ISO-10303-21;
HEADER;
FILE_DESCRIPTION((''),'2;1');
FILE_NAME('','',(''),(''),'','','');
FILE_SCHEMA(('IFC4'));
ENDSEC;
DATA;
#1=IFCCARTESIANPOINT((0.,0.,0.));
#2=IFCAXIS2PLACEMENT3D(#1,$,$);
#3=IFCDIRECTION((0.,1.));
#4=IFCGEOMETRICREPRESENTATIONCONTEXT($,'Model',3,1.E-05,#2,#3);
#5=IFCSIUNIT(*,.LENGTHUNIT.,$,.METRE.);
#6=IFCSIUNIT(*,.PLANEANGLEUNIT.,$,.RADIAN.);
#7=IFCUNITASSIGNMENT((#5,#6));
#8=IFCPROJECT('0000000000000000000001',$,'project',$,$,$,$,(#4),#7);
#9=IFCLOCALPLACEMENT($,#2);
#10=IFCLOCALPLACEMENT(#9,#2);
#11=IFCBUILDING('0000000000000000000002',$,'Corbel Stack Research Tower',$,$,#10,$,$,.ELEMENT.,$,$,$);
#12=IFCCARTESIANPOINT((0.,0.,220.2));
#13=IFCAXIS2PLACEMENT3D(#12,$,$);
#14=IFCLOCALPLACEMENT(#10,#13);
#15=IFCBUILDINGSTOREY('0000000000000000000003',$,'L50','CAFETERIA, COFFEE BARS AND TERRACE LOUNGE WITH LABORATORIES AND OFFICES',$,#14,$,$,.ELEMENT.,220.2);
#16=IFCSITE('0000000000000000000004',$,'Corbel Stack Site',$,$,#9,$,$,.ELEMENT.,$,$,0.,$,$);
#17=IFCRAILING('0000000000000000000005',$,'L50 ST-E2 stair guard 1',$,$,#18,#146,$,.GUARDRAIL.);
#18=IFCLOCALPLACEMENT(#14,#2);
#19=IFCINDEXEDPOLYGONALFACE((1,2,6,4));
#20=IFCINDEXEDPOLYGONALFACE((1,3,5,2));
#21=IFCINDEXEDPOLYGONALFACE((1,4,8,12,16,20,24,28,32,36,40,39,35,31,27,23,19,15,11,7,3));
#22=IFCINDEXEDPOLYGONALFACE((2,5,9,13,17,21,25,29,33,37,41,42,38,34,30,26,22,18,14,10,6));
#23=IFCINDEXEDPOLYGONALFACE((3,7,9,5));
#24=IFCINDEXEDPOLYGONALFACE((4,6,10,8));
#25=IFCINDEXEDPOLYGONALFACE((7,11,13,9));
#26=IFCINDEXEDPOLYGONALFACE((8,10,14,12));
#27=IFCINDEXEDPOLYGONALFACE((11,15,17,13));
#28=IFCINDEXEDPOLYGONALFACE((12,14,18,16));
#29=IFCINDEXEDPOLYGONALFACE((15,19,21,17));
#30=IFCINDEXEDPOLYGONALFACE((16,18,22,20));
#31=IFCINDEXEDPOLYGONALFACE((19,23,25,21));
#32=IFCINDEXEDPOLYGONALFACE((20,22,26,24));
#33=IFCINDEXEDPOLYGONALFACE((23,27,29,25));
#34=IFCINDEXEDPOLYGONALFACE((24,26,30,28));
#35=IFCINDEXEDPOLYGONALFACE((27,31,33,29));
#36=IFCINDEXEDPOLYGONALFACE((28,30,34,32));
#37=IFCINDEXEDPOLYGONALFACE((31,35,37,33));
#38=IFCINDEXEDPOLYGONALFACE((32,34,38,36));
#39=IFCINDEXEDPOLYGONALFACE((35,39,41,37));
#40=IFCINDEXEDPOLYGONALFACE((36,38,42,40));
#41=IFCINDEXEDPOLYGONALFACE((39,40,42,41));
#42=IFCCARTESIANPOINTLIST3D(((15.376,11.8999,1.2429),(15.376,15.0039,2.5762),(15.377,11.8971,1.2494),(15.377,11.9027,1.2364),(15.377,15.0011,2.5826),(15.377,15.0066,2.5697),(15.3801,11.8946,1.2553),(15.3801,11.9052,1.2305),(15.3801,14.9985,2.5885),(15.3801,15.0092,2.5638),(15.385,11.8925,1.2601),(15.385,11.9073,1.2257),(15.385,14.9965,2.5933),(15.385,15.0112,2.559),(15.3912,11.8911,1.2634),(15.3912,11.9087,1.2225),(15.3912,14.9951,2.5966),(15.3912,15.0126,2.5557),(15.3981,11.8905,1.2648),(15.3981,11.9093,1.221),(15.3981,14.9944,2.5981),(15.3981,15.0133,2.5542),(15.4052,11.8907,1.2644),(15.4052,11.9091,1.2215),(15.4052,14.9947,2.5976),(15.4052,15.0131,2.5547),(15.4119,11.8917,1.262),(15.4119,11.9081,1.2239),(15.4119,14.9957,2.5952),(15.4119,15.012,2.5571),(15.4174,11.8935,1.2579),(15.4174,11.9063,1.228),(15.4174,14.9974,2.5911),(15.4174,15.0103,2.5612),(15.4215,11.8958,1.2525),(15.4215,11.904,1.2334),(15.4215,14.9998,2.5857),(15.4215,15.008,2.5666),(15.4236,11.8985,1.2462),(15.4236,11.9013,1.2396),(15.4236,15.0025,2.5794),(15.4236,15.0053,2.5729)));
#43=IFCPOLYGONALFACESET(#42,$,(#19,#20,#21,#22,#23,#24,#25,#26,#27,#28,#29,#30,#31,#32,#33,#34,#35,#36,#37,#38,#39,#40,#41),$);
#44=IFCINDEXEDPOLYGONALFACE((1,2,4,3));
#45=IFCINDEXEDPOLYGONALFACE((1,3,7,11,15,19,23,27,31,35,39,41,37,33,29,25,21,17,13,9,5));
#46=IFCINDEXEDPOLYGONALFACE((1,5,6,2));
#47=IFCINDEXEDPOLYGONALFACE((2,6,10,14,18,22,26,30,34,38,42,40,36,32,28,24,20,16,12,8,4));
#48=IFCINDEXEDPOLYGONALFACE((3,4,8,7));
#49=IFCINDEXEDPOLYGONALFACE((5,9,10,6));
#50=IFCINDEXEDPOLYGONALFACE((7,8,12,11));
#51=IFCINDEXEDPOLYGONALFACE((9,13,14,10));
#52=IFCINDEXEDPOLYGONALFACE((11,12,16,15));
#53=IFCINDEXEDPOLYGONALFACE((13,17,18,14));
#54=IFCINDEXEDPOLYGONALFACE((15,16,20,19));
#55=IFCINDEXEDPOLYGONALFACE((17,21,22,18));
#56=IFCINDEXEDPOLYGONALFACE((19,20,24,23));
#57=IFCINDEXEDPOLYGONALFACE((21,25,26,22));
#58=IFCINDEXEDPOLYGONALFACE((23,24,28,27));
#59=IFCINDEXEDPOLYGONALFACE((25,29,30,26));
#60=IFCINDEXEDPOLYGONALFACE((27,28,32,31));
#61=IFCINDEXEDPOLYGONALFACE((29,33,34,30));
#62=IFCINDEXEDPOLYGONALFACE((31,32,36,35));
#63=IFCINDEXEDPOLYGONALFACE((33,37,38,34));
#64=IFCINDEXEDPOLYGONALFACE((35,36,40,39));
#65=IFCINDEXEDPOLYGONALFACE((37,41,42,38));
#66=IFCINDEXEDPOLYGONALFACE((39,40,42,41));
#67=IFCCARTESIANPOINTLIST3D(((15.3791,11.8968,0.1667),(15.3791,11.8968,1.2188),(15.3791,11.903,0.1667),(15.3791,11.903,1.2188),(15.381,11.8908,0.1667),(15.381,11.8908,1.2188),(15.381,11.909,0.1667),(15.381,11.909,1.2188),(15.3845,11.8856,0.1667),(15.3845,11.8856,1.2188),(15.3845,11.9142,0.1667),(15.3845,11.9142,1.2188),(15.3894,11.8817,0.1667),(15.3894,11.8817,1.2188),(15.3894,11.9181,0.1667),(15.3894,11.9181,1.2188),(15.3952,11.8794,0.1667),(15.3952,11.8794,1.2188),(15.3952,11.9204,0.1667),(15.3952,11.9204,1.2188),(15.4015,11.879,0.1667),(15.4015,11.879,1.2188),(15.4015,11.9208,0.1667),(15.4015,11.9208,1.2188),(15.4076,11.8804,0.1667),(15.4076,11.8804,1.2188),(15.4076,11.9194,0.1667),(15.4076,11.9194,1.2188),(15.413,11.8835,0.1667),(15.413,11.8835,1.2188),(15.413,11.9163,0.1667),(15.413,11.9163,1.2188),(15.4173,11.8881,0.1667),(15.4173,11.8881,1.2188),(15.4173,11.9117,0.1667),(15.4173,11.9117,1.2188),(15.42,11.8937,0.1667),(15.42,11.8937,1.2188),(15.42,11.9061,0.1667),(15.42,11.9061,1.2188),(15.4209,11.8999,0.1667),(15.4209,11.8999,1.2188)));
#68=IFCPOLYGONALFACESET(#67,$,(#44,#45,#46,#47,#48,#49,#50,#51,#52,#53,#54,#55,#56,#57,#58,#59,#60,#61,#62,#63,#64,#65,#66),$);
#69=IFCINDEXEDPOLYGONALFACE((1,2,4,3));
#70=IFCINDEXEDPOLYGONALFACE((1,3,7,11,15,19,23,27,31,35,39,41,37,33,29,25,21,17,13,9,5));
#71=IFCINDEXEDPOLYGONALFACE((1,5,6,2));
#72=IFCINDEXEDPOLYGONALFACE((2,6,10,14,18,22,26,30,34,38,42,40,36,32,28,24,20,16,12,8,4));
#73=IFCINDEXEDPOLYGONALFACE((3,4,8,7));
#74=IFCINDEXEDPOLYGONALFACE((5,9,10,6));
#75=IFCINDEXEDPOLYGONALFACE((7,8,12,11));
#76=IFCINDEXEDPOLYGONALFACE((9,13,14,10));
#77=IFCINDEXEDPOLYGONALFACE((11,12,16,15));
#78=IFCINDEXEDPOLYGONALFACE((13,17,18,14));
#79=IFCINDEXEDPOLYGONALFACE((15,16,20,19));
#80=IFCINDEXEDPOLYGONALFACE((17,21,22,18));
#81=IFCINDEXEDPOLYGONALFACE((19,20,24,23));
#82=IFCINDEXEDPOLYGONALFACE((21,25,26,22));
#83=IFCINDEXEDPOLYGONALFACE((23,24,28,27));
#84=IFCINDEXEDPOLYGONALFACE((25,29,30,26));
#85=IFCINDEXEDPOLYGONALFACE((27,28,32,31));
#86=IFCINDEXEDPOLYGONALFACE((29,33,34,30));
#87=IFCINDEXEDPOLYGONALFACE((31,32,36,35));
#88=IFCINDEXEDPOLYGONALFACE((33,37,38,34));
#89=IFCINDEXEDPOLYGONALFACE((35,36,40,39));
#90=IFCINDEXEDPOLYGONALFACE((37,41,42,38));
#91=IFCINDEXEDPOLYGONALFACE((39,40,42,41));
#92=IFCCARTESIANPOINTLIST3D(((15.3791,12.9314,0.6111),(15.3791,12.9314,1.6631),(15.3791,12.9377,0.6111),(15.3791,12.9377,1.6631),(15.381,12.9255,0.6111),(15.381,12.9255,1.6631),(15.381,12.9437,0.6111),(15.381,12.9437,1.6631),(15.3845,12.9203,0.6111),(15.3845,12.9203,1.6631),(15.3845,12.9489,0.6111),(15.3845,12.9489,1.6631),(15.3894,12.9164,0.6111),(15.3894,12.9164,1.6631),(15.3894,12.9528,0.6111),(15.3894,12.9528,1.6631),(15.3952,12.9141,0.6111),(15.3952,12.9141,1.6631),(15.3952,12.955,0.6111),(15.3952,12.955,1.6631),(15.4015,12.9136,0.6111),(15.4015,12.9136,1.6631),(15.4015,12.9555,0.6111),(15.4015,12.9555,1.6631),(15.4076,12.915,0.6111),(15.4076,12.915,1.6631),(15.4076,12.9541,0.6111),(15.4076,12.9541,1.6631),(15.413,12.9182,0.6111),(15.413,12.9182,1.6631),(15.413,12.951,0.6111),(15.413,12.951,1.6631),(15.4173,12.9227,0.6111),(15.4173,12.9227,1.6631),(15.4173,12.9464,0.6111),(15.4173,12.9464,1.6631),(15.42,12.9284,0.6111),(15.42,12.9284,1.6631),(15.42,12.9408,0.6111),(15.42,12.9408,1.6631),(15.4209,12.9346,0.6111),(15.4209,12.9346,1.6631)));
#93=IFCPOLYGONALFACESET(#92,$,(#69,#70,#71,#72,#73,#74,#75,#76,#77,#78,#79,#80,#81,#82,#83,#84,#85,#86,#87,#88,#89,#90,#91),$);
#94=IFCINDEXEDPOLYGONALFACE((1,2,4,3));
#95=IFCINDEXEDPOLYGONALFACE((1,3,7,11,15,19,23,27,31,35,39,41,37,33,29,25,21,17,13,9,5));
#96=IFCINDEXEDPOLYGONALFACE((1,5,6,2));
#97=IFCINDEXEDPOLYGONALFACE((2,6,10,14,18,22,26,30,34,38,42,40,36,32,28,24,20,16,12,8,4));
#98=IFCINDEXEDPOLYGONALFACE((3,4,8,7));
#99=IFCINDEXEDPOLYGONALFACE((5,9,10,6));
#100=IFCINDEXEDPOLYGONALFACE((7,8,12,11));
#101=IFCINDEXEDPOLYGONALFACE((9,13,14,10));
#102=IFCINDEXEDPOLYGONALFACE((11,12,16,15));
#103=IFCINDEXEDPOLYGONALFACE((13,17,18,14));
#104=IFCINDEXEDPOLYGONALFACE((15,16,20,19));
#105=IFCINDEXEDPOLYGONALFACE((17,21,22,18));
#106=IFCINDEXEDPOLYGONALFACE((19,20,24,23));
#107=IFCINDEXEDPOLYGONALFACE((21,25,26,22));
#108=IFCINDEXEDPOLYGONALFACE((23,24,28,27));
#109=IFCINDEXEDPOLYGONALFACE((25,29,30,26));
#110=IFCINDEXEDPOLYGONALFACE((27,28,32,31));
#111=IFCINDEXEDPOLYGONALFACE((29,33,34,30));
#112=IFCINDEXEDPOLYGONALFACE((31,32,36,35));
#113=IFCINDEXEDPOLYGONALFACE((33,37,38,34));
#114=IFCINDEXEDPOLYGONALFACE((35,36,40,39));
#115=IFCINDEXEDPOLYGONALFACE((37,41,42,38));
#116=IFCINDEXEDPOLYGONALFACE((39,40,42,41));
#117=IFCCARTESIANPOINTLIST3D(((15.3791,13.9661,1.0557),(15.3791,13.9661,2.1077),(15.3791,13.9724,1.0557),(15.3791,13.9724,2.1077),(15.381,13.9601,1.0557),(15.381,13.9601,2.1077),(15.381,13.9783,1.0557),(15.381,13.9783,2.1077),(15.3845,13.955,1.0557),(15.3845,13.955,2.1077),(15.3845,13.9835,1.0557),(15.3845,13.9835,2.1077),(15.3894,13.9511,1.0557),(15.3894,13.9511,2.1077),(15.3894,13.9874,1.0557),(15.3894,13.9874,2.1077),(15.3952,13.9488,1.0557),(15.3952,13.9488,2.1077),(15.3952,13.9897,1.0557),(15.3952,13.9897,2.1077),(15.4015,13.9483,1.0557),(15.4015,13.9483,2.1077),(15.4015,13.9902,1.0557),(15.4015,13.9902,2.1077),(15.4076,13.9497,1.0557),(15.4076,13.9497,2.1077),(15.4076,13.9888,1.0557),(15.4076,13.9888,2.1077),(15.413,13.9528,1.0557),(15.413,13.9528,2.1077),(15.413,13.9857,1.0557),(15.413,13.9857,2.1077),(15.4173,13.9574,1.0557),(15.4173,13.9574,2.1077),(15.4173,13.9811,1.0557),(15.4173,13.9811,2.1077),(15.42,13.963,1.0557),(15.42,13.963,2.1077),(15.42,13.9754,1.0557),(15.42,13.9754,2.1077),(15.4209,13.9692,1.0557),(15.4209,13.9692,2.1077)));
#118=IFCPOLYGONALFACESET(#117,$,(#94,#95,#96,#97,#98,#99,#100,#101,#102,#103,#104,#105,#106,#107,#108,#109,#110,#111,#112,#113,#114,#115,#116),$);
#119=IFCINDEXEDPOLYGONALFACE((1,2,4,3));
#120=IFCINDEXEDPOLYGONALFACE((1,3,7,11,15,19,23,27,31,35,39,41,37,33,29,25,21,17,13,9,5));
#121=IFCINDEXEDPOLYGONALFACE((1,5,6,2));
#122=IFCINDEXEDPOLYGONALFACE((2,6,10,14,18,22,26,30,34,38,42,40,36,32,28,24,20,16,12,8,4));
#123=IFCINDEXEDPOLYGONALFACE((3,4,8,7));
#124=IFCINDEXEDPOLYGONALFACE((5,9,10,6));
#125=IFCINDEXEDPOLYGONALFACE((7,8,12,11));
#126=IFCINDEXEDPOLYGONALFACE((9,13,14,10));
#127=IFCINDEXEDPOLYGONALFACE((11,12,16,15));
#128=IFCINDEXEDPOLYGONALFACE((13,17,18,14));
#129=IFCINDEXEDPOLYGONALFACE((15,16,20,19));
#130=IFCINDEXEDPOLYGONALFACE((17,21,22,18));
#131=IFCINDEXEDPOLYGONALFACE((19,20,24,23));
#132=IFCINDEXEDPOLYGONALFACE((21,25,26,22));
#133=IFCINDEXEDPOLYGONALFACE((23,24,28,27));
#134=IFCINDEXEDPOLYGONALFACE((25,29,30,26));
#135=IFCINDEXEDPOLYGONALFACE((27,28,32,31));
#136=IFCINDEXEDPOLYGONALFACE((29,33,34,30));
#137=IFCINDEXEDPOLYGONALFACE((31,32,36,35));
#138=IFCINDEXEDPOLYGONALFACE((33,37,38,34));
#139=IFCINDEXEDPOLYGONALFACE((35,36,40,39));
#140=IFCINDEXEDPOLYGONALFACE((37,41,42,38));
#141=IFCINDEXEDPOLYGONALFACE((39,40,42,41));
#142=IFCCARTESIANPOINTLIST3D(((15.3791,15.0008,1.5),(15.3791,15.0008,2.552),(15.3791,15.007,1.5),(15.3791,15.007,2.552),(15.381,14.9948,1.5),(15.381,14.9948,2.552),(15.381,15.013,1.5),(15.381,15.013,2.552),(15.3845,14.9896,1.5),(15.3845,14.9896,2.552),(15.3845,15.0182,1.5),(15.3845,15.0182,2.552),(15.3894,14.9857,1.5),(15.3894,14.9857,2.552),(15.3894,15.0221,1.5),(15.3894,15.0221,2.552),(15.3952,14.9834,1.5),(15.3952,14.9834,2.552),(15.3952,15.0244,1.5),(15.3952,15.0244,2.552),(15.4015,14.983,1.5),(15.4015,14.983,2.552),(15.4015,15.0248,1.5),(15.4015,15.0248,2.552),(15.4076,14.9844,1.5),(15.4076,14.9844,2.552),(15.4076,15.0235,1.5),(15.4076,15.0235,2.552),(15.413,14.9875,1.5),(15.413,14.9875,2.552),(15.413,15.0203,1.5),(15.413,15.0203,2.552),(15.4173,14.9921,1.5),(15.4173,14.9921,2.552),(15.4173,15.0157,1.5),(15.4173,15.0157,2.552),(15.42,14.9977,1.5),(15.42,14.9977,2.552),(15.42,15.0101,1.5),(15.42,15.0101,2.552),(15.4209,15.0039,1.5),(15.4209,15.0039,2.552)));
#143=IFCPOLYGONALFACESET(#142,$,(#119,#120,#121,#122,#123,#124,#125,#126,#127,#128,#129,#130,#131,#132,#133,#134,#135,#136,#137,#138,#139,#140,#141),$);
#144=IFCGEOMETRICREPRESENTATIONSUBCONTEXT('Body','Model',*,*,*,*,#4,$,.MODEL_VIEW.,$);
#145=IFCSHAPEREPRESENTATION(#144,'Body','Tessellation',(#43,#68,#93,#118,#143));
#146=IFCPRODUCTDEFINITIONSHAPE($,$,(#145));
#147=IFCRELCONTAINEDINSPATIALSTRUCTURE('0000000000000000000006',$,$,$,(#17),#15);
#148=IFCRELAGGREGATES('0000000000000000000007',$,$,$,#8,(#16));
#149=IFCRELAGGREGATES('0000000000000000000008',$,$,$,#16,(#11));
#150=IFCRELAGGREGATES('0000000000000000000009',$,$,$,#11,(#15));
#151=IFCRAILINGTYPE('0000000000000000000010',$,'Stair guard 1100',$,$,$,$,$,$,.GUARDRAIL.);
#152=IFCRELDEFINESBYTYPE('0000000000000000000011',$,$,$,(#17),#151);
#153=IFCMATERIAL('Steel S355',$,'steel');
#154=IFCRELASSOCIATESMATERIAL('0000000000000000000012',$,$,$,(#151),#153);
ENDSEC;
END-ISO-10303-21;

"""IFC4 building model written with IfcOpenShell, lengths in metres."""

from ifc_helpers import new_model, si_unit, direction, frame, origin, origin_2d, place, context, subcontext, project, spatial, circle, extrude, material, type_object, element, save


model = new_model("IFC4")

# Units and contexts
model_context = context("Model", 3, precision=1e-05, world=origin(), true_north=direction((0.0, 1.0)))
body_context = subcontext(model_context, "Body", "Model", "MODEL_VIEW")
ifc_project = project(units=[si_unit("LENGTHUNIT", "METRE"), si_unit("PLANEANGLEUNIT", "RADIAN")], contexts=[model_context])

# Site, building, storey
site_placement = place(None, origin())
site = spatial("IfcSite", under=ifc_project, at=site_placement, Name="Corbel Stack Site", CompositionType="ELEMENT", RefElevation=0.0)
building_placement = place(site_placement, origin())
building = spatial("IfcBuilding", under=site, at=building_placement, Name="Corbel Stack Research Tower", CompositionType="ELEMENT")
storey_placement = place(building_placement, frame((0.0, 0.0, 220.2)))
storey = spatial("IfcBuildingStorey", under=building, at=storey_placement, Name="L50", Description="CAFETERIA, COFFEE BARS AND TERRACE LOUNGE WITH LABORATORIES AND OFFICES", CompositionType="ELEMENT", Elevation=220.2)

# Railing
ifc_material_1 = material(Name="Steel S355", Category="steel")
railing_type_1 = type_object("IfcRailingType", Name="Stair guard 1100", PredefinedType="GUARDRAIL", material=ifc_material_1)
railing_1_placement = place(storey_placement, frame((15.3999, 11.8999, 0.1667)))
element("IfcRailing", 1, at=railing_1_placement, inside=storey, type_object=railing_type_1, Name="L50 ST-E2 stair guard 1", PredefinedType="GUARDRAIL", context=body_context, shape_type="SweptSolid", body=[
    extrude(circle(Radius=0.0239, at=origin_2d()), frame((0.0, 0.0, 1.0762), z_axis=(0.0, 0.918827, 0.394661), x_axis=(-1.0, 0.0, 0.0)), (0.0, 0.0, 1.0), 3.3782),
    extrude(circle(Radius=0.021, at=origin_2d()), origin(), (0.0, 0.0, 1.0), 1.052),
    extrude(circle(Radius=0.021, at=origin_2d()), frame((0.0, 1.0347, 0.4443)), (0.0, 0.0, 1.0), 1.052),
    extrude(circle(Radius=0.021, at=origin_2d()), frame((0.0, 2.0693, 0.8889)), (0.0, 0.0, 1.0), 1.052),
    extrude(circle(Radius=0.021, at=origin_2d()), frame((0.0, 3.104, 1.3333)), (0.0, 0.0, 1.0), 1.052),
])

save(model, "model.ifc")
